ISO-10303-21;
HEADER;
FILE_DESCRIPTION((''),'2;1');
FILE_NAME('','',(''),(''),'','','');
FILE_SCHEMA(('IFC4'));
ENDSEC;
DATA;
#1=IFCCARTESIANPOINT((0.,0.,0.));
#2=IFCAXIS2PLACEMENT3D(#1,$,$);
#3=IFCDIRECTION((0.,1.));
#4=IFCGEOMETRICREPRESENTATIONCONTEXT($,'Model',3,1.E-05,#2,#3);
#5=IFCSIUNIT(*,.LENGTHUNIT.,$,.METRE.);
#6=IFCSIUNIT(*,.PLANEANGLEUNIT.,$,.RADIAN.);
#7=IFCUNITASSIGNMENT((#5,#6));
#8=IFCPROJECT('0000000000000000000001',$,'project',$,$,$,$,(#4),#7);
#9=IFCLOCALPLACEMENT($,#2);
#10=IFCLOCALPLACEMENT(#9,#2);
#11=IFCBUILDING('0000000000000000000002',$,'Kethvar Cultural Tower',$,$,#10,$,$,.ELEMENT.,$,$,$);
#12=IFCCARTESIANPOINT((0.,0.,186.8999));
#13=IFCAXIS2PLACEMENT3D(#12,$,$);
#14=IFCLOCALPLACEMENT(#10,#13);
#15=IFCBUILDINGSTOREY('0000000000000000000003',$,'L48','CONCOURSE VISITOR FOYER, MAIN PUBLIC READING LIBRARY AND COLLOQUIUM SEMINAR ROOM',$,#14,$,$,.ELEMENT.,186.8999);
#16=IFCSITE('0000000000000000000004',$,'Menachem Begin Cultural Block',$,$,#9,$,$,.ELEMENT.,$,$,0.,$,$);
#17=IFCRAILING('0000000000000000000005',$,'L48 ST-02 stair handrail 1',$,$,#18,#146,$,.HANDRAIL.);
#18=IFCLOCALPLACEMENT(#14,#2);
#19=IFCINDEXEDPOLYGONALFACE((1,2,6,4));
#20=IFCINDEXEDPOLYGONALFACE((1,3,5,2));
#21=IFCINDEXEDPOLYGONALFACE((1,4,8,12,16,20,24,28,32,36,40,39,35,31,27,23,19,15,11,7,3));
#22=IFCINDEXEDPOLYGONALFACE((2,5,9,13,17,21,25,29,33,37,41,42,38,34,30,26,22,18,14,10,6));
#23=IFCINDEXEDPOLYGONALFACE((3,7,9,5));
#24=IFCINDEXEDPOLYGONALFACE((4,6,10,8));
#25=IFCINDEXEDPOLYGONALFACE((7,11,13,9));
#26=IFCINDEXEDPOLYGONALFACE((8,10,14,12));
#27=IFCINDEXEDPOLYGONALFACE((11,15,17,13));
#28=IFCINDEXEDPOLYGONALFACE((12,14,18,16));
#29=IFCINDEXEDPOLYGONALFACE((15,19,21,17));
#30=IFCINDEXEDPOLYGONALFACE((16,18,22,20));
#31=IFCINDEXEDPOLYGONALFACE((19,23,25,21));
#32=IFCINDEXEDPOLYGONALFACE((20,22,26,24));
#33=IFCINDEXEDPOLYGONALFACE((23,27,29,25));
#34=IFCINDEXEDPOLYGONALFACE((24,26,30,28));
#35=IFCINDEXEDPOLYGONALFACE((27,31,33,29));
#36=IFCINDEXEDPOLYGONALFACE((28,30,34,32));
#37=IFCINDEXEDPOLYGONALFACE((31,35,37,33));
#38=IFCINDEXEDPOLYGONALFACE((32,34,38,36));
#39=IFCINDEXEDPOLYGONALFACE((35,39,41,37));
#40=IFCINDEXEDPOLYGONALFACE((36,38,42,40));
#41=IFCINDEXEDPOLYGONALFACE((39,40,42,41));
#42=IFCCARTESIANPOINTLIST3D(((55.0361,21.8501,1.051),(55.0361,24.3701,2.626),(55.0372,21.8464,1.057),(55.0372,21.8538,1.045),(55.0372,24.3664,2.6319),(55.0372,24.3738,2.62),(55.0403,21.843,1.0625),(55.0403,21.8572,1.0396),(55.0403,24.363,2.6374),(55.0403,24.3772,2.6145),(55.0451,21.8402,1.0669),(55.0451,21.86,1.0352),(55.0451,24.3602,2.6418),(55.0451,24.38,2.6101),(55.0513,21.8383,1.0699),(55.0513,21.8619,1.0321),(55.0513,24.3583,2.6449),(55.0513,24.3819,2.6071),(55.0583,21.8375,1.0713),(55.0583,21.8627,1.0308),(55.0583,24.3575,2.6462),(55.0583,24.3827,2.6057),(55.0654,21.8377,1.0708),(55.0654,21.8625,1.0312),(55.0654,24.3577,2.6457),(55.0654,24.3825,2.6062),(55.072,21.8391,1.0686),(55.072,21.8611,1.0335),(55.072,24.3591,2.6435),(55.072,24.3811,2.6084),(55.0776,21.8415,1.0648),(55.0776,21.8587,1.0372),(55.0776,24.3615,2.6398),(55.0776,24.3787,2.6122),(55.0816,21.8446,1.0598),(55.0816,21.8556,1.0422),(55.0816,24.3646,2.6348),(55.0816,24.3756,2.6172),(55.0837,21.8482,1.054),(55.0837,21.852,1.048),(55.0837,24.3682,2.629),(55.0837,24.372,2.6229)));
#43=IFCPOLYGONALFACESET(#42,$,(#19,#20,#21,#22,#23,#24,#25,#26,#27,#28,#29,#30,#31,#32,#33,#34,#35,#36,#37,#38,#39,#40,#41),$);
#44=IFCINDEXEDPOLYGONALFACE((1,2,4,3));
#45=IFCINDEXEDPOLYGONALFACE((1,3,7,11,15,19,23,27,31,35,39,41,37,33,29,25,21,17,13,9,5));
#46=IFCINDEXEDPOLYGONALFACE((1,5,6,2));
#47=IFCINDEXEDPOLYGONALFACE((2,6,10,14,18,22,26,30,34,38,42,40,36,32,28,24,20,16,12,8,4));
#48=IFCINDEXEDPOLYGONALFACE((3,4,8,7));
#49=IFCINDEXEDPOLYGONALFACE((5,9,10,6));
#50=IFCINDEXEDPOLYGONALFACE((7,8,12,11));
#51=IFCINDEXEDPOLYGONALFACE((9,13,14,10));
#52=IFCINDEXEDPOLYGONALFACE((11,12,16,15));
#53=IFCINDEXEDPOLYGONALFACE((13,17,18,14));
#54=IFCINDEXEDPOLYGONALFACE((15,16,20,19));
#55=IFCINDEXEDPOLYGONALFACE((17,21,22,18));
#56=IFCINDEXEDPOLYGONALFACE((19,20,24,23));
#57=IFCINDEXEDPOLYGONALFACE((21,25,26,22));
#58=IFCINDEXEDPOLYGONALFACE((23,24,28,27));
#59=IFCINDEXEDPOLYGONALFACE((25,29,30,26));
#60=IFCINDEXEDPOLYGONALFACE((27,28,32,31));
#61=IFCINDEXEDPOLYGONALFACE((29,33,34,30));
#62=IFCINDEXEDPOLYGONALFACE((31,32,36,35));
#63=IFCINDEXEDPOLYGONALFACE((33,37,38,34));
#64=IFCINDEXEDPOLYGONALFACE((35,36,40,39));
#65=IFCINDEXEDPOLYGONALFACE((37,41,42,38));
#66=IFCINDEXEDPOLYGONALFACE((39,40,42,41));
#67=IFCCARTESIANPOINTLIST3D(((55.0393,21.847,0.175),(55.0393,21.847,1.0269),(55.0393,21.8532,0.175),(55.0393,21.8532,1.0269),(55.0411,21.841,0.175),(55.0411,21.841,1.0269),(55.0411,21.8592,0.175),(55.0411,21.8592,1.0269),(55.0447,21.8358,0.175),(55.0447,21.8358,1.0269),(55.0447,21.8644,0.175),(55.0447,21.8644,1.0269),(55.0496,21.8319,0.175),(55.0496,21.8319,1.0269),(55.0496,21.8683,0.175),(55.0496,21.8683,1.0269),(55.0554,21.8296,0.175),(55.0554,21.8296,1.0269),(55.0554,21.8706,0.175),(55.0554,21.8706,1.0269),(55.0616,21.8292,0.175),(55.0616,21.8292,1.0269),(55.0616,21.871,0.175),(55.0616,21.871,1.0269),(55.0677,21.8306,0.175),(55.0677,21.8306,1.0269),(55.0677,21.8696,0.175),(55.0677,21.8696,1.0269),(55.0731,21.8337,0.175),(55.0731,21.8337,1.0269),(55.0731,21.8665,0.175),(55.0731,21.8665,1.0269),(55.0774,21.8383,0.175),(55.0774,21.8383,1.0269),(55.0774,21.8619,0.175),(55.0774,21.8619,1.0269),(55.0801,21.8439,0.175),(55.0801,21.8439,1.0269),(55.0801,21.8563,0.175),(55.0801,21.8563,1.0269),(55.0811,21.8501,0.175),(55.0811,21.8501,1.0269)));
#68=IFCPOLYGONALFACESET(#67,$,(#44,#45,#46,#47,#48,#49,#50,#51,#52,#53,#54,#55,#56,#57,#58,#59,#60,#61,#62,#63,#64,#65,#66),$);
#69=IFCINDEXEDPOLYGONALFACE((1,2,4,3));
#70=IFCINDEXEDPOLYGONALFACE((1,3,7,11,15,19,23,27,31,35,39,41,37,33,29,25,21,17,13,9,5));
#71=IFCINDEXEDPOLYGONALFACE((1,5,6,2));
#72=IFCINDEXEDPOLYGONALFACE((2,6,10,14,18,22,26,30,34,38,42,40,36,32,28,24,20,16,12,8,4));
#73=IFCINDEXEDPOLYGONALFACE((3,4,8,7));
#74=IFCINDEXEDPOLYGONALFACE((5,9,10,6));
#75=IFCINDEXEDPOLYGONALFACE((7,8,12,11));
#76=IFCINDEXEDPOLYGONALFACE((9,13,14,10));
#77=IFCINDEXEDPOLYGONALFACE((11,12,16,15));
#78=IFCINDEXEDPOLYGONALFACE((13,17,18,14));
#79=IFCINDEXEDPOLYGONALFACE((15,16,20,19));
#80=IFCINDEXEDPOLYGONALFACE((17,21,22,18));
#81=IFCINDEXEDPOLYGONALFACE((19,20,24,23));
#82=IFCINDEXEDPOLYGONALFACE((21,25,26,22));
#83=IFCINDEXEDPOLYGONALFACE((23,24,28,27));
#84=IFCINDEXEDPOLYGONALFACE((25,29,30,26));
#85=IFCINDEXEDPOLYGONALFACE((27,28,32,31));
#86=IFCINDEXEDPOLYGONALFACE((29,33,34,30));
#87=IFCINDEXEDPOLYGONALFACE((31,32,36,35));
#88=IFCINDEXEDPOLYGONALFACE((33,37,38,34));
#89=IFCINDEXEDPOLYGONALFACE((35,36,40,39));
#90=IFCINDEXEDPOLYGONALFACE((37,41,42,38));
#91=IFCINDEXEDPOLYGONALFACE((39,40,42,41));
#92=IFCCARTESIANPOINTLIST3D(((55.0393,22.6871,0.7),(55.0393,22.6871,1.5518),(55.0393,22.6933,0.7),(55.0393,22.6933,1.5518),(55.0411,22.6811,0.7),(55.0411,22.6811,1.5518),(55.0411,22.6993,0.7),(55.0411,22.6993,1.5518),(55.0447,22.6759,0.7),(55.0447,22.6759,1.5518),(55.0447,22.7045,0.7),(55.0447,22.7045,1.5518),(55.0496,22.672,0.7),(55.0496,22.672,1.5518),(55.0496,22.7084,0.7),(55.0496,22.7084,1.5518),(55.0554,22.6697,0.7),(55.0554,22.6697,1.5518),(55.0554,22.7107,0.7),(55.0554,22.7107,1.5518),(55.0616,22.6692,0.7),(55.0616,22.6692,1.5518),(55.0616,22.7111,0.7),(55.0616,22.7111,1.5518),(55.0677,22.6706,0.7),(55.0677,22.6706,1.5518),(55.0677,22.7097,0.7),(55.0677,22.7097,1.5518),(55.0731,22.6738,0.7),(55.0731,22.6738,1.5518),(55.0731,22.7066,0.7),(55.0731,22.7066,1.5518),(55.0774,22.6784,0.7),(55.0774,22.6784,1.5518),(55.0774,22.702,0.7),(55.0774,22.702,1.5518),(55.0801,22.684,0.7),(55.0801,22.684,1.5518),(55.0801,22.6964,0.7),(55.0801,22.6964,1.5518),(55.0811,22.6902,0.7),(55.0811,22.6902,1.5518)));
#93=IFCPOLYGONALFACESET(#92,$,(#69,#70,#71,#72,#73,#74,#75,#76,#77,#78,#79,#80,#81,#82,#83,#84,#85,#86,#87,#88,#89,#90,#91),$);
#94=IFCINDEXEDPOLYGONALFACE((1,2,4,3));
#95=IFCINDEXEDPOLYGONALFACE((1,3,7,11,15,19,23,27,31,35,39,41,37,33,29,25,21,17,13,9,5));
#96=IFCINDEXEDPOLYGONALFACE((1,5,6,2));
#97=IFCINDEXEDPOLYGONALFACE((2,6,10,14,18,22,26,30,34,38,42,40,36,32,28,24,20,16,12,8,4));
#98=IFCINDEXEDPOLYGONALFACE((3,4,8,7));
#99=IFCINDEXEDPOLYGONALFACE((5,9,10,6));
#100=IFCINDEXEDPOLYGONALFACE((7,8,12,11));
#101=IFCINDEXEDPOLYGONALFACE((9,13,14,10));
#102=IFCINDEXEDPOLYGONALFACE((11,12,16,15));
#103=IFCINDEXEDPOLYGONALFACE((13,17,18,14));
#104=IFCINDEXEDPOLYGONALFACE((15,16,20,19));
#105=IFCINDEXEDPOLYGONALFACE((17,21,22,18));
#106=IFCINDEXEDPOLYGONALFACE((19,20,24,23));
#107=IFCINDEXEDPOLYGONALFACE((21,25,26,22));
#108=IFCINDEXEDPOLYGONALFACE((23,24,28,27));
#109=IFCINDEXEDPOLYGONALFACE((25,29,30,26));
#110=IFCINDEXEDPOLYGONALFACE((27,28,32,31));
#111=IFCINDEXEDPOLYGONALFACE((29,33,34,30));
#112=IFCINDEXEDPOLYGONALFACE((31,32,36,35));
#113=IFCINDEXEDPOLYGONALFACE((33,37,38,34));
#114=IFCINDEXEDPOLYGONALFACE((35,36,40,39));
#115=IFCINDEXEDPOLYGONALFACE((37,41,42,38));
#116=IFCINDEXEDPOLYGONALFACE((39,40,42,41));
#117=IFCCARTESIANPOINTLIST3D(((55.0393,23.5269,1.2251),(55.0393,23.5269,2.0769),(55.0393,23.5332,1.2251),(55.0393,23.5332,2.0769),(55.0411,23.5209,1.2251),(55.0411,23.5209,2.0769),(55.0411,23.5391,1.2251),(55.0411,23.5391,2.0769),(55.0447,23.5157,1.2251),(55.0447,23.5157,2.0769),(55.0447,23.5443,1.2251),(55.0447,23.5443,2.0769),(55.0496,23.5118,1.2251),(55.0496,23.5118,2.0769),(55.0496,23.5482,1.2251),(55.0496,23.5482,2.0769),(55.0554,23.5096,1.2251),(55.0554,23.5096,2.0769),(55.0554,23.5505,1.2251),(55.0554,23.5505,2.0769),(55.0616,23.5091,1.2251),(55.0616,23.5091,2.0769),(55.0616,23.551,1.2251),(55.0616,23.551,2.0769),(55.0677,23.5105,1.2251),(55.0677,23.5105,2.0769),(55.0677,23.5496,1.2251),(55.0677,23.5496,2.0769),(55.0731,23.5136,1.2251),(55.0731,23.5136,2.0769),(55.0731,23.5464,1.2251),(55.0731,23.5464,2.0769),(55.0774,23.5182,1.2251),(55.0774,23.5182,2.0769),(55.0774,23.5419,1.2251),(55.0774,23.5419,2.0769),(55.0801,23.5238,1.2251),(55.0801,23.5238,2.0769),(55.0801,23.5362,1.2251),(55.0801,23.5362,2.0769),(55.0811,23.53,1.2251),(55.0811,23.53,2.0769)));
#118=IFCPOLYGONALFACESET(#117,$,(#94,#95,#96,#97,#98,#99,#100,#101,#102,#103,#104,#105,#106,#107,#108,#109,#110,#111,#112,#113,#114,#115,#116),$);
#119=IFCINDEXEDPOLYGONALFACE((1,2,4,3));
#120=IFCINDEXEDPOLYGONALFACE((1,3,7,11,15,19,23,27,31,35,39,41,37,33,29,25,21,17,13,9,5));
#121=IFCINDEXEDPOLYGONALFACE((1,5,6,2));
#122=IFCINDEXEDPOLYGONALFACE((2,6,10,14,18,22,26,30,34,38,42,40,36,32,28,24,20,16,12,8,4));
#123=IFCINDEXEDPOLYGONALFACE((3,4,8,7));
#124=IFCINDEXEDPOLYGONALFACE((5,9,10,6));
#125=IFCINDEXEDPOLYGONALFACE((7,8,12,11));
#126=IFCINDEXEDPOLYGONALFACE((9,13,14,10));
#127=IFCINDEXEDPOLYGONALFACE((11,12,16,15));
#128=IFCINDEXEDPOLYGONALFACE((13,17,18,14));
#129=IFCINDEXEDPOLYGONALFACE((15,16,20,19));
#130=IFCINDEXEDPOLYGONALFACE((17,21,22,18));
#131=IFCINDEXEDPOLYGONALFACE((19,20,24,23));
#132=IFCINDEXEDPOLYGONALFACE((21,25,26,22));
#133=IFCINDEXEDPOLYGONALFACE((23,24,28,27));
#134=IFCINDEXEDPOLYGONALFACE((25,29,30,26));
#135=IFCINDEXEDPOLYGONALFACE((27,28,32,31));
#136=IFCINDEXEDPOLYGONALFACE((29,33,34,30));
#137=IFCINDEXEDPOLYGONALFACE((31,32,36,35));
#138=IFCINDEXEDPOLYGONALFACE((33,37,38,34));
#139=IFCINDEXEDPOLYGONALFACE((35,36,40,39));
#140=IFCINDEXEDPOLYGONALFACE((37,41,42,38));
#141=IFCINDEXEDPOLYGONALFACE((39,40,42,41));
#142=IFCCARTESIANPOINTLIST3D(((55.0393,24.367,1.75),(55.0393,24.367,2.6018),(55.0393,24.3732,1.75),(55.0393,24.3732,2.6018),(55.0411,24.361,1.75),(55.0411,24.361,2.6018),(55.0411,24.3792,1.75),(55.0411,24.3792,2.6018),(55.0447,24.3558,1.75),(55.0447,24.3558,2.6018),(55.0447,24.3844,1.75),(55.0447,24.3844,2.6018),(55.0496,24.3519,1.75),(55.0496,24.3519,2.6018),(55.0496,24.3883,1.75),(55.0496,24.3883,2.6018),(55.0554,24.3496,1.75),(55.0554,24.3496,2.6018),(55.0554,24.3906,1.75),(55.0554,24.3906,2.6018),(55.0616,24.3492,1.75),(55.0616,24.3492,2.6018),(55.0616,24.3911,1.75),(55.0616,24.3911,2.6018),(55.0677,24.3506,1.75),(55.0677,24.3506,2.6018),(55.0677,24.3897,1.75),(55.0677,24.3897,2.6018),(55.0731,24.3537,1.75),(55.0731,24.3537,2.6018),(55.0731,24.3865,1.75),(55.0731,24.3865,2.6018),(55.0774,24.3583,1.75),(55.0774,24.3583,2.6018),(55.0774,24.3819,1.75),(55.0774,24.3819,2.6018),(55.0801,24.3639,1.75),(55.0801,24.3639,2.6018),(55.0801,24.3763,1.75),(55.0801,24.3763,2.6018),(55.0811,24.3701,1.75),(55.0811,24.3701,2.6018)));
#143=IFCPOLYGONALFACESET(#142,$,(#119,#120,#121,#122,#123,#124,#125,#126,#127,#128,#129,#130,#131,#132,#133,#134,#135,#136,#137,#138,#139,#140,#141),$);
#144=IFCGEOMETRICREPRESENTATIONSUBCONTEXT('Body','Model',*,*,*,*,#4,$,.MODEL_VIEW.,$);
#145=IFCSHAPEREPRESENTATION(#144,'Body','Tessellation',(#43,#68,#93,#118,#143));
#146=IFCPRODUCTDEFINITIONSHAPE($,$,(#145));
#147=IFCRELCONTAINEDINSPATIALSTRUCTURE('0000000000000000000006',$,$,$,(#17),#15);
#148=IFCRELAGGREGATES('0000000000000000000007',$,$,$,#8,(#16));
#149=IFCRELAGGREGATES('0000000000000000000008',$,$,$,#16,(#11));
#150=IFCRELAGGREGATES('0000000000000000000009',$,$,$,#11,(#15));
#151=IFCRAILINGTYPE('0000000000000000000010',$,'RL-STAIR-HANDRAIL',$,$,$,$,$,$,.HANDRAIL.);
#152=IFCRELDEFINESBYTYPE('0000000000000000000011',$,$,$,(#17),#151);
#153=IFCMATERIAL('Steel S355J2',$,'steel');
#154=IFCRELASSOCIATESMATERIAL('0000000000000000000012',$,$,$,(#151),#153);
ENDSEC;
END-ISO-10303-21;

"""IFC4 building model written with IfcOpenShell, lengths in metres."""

from ifc_helpers import new_model, si_unit, direction, frame, origin, origin_2d, place, context, subcontext, project, spatial, circle, extrude, material, type_object, element, save


model = new_model("IFC4")

# Units and contexts
model_context = context("Model", 3, precision=1e-05, world=origin(), true_north=direction((0.0, 1.0)))
body_context = subcontext(model_context, "Body", "Model", "MODEL_VIEW")
ifc_project = project(units=[si_unit("LENGTHUNIT", "METRE"), si_unit("PLANEANGLEUNIT", "RADIAN")], contexts=[model_context])

# Site, building, storey
site_placement = place(None, origin())
site = spatial("IfcSite", under=ifc_project, at=site_placement, Name="Menachem Begin Cultural Block", CompositionType="ELEMENT", RefElevation=0.0)
building_placement = place(site_placement, origin())
building = spatial("IfcBuilding", under=site, at=building_placement, Name="Kethvar Cultural Tower", CompositionType="ELEMENT")
storey_placement = place(building_placement, frame((0.0, 0.0, 186.8999)))
storey = spatial("IfcBuildingStorey", under=building, at=storey_placement, Name="L48", Description="CONCOURSE VISITOR FOYER, MAIN PUBLIC READING LIBRARY AND COLLOQUIUM SEMINAR ROOM", CompositionType="ELEMENT", Elevation=186.8999)

# Shared definitions
ifc_material_1 = material(Name="Steel S355J2", Category="steel")

# Railing
railing_type_1 = type_object("IfcRailingType", Name="RL-STAIR-HANDRAIL", PredefinedType="HANDRAIL", material=ifc_material_1)
railing_1_placement = place(storey_placement, frame((55.0601, 21.8501, 0.175)))
element("IfcRailing", 1, at=railing_1_placement, inside=storey, type_object=railing_type_1, Name="L48 ST-02 stair handrail 1", PredefinedType="HANDRAIL", context=body_context, shape_type="SweptSolid", body=[
    extrude(circle(Radius=0.0239, at=origin_2d()), frame((0.0, 0.0, 0.876), z_axis=(0.0, 0.848008, 0.529984), x_axis=(-1.0, 0.0, 0.0)), (0.0, 0.0, 1.0), 2.9717),
    extrude(circle(Radius=0.021, at=origin_2d()), origin(), (0.0, 0.0, 1.0), 0.8518),
    extrude(circle(Radius=0.021, at=origin_2d()), frame((0.0, 0.8401, 0.5249)), (0.0, 0.0, 1.0), 0.8518),
    extrude(circle(Radius=0.021, at=origin_2d()), frame((0.0, 1.6799, 1.05)), (0.0, 0.0, 1.0), 0.8518),
    extrude(circle(Radius=0.021, at=origin_2d()), frame((0.0, 2.52, 1.575)), (0.0, 0.0, 1.0), 0.8518),
])

save(model, "model.ifc")
